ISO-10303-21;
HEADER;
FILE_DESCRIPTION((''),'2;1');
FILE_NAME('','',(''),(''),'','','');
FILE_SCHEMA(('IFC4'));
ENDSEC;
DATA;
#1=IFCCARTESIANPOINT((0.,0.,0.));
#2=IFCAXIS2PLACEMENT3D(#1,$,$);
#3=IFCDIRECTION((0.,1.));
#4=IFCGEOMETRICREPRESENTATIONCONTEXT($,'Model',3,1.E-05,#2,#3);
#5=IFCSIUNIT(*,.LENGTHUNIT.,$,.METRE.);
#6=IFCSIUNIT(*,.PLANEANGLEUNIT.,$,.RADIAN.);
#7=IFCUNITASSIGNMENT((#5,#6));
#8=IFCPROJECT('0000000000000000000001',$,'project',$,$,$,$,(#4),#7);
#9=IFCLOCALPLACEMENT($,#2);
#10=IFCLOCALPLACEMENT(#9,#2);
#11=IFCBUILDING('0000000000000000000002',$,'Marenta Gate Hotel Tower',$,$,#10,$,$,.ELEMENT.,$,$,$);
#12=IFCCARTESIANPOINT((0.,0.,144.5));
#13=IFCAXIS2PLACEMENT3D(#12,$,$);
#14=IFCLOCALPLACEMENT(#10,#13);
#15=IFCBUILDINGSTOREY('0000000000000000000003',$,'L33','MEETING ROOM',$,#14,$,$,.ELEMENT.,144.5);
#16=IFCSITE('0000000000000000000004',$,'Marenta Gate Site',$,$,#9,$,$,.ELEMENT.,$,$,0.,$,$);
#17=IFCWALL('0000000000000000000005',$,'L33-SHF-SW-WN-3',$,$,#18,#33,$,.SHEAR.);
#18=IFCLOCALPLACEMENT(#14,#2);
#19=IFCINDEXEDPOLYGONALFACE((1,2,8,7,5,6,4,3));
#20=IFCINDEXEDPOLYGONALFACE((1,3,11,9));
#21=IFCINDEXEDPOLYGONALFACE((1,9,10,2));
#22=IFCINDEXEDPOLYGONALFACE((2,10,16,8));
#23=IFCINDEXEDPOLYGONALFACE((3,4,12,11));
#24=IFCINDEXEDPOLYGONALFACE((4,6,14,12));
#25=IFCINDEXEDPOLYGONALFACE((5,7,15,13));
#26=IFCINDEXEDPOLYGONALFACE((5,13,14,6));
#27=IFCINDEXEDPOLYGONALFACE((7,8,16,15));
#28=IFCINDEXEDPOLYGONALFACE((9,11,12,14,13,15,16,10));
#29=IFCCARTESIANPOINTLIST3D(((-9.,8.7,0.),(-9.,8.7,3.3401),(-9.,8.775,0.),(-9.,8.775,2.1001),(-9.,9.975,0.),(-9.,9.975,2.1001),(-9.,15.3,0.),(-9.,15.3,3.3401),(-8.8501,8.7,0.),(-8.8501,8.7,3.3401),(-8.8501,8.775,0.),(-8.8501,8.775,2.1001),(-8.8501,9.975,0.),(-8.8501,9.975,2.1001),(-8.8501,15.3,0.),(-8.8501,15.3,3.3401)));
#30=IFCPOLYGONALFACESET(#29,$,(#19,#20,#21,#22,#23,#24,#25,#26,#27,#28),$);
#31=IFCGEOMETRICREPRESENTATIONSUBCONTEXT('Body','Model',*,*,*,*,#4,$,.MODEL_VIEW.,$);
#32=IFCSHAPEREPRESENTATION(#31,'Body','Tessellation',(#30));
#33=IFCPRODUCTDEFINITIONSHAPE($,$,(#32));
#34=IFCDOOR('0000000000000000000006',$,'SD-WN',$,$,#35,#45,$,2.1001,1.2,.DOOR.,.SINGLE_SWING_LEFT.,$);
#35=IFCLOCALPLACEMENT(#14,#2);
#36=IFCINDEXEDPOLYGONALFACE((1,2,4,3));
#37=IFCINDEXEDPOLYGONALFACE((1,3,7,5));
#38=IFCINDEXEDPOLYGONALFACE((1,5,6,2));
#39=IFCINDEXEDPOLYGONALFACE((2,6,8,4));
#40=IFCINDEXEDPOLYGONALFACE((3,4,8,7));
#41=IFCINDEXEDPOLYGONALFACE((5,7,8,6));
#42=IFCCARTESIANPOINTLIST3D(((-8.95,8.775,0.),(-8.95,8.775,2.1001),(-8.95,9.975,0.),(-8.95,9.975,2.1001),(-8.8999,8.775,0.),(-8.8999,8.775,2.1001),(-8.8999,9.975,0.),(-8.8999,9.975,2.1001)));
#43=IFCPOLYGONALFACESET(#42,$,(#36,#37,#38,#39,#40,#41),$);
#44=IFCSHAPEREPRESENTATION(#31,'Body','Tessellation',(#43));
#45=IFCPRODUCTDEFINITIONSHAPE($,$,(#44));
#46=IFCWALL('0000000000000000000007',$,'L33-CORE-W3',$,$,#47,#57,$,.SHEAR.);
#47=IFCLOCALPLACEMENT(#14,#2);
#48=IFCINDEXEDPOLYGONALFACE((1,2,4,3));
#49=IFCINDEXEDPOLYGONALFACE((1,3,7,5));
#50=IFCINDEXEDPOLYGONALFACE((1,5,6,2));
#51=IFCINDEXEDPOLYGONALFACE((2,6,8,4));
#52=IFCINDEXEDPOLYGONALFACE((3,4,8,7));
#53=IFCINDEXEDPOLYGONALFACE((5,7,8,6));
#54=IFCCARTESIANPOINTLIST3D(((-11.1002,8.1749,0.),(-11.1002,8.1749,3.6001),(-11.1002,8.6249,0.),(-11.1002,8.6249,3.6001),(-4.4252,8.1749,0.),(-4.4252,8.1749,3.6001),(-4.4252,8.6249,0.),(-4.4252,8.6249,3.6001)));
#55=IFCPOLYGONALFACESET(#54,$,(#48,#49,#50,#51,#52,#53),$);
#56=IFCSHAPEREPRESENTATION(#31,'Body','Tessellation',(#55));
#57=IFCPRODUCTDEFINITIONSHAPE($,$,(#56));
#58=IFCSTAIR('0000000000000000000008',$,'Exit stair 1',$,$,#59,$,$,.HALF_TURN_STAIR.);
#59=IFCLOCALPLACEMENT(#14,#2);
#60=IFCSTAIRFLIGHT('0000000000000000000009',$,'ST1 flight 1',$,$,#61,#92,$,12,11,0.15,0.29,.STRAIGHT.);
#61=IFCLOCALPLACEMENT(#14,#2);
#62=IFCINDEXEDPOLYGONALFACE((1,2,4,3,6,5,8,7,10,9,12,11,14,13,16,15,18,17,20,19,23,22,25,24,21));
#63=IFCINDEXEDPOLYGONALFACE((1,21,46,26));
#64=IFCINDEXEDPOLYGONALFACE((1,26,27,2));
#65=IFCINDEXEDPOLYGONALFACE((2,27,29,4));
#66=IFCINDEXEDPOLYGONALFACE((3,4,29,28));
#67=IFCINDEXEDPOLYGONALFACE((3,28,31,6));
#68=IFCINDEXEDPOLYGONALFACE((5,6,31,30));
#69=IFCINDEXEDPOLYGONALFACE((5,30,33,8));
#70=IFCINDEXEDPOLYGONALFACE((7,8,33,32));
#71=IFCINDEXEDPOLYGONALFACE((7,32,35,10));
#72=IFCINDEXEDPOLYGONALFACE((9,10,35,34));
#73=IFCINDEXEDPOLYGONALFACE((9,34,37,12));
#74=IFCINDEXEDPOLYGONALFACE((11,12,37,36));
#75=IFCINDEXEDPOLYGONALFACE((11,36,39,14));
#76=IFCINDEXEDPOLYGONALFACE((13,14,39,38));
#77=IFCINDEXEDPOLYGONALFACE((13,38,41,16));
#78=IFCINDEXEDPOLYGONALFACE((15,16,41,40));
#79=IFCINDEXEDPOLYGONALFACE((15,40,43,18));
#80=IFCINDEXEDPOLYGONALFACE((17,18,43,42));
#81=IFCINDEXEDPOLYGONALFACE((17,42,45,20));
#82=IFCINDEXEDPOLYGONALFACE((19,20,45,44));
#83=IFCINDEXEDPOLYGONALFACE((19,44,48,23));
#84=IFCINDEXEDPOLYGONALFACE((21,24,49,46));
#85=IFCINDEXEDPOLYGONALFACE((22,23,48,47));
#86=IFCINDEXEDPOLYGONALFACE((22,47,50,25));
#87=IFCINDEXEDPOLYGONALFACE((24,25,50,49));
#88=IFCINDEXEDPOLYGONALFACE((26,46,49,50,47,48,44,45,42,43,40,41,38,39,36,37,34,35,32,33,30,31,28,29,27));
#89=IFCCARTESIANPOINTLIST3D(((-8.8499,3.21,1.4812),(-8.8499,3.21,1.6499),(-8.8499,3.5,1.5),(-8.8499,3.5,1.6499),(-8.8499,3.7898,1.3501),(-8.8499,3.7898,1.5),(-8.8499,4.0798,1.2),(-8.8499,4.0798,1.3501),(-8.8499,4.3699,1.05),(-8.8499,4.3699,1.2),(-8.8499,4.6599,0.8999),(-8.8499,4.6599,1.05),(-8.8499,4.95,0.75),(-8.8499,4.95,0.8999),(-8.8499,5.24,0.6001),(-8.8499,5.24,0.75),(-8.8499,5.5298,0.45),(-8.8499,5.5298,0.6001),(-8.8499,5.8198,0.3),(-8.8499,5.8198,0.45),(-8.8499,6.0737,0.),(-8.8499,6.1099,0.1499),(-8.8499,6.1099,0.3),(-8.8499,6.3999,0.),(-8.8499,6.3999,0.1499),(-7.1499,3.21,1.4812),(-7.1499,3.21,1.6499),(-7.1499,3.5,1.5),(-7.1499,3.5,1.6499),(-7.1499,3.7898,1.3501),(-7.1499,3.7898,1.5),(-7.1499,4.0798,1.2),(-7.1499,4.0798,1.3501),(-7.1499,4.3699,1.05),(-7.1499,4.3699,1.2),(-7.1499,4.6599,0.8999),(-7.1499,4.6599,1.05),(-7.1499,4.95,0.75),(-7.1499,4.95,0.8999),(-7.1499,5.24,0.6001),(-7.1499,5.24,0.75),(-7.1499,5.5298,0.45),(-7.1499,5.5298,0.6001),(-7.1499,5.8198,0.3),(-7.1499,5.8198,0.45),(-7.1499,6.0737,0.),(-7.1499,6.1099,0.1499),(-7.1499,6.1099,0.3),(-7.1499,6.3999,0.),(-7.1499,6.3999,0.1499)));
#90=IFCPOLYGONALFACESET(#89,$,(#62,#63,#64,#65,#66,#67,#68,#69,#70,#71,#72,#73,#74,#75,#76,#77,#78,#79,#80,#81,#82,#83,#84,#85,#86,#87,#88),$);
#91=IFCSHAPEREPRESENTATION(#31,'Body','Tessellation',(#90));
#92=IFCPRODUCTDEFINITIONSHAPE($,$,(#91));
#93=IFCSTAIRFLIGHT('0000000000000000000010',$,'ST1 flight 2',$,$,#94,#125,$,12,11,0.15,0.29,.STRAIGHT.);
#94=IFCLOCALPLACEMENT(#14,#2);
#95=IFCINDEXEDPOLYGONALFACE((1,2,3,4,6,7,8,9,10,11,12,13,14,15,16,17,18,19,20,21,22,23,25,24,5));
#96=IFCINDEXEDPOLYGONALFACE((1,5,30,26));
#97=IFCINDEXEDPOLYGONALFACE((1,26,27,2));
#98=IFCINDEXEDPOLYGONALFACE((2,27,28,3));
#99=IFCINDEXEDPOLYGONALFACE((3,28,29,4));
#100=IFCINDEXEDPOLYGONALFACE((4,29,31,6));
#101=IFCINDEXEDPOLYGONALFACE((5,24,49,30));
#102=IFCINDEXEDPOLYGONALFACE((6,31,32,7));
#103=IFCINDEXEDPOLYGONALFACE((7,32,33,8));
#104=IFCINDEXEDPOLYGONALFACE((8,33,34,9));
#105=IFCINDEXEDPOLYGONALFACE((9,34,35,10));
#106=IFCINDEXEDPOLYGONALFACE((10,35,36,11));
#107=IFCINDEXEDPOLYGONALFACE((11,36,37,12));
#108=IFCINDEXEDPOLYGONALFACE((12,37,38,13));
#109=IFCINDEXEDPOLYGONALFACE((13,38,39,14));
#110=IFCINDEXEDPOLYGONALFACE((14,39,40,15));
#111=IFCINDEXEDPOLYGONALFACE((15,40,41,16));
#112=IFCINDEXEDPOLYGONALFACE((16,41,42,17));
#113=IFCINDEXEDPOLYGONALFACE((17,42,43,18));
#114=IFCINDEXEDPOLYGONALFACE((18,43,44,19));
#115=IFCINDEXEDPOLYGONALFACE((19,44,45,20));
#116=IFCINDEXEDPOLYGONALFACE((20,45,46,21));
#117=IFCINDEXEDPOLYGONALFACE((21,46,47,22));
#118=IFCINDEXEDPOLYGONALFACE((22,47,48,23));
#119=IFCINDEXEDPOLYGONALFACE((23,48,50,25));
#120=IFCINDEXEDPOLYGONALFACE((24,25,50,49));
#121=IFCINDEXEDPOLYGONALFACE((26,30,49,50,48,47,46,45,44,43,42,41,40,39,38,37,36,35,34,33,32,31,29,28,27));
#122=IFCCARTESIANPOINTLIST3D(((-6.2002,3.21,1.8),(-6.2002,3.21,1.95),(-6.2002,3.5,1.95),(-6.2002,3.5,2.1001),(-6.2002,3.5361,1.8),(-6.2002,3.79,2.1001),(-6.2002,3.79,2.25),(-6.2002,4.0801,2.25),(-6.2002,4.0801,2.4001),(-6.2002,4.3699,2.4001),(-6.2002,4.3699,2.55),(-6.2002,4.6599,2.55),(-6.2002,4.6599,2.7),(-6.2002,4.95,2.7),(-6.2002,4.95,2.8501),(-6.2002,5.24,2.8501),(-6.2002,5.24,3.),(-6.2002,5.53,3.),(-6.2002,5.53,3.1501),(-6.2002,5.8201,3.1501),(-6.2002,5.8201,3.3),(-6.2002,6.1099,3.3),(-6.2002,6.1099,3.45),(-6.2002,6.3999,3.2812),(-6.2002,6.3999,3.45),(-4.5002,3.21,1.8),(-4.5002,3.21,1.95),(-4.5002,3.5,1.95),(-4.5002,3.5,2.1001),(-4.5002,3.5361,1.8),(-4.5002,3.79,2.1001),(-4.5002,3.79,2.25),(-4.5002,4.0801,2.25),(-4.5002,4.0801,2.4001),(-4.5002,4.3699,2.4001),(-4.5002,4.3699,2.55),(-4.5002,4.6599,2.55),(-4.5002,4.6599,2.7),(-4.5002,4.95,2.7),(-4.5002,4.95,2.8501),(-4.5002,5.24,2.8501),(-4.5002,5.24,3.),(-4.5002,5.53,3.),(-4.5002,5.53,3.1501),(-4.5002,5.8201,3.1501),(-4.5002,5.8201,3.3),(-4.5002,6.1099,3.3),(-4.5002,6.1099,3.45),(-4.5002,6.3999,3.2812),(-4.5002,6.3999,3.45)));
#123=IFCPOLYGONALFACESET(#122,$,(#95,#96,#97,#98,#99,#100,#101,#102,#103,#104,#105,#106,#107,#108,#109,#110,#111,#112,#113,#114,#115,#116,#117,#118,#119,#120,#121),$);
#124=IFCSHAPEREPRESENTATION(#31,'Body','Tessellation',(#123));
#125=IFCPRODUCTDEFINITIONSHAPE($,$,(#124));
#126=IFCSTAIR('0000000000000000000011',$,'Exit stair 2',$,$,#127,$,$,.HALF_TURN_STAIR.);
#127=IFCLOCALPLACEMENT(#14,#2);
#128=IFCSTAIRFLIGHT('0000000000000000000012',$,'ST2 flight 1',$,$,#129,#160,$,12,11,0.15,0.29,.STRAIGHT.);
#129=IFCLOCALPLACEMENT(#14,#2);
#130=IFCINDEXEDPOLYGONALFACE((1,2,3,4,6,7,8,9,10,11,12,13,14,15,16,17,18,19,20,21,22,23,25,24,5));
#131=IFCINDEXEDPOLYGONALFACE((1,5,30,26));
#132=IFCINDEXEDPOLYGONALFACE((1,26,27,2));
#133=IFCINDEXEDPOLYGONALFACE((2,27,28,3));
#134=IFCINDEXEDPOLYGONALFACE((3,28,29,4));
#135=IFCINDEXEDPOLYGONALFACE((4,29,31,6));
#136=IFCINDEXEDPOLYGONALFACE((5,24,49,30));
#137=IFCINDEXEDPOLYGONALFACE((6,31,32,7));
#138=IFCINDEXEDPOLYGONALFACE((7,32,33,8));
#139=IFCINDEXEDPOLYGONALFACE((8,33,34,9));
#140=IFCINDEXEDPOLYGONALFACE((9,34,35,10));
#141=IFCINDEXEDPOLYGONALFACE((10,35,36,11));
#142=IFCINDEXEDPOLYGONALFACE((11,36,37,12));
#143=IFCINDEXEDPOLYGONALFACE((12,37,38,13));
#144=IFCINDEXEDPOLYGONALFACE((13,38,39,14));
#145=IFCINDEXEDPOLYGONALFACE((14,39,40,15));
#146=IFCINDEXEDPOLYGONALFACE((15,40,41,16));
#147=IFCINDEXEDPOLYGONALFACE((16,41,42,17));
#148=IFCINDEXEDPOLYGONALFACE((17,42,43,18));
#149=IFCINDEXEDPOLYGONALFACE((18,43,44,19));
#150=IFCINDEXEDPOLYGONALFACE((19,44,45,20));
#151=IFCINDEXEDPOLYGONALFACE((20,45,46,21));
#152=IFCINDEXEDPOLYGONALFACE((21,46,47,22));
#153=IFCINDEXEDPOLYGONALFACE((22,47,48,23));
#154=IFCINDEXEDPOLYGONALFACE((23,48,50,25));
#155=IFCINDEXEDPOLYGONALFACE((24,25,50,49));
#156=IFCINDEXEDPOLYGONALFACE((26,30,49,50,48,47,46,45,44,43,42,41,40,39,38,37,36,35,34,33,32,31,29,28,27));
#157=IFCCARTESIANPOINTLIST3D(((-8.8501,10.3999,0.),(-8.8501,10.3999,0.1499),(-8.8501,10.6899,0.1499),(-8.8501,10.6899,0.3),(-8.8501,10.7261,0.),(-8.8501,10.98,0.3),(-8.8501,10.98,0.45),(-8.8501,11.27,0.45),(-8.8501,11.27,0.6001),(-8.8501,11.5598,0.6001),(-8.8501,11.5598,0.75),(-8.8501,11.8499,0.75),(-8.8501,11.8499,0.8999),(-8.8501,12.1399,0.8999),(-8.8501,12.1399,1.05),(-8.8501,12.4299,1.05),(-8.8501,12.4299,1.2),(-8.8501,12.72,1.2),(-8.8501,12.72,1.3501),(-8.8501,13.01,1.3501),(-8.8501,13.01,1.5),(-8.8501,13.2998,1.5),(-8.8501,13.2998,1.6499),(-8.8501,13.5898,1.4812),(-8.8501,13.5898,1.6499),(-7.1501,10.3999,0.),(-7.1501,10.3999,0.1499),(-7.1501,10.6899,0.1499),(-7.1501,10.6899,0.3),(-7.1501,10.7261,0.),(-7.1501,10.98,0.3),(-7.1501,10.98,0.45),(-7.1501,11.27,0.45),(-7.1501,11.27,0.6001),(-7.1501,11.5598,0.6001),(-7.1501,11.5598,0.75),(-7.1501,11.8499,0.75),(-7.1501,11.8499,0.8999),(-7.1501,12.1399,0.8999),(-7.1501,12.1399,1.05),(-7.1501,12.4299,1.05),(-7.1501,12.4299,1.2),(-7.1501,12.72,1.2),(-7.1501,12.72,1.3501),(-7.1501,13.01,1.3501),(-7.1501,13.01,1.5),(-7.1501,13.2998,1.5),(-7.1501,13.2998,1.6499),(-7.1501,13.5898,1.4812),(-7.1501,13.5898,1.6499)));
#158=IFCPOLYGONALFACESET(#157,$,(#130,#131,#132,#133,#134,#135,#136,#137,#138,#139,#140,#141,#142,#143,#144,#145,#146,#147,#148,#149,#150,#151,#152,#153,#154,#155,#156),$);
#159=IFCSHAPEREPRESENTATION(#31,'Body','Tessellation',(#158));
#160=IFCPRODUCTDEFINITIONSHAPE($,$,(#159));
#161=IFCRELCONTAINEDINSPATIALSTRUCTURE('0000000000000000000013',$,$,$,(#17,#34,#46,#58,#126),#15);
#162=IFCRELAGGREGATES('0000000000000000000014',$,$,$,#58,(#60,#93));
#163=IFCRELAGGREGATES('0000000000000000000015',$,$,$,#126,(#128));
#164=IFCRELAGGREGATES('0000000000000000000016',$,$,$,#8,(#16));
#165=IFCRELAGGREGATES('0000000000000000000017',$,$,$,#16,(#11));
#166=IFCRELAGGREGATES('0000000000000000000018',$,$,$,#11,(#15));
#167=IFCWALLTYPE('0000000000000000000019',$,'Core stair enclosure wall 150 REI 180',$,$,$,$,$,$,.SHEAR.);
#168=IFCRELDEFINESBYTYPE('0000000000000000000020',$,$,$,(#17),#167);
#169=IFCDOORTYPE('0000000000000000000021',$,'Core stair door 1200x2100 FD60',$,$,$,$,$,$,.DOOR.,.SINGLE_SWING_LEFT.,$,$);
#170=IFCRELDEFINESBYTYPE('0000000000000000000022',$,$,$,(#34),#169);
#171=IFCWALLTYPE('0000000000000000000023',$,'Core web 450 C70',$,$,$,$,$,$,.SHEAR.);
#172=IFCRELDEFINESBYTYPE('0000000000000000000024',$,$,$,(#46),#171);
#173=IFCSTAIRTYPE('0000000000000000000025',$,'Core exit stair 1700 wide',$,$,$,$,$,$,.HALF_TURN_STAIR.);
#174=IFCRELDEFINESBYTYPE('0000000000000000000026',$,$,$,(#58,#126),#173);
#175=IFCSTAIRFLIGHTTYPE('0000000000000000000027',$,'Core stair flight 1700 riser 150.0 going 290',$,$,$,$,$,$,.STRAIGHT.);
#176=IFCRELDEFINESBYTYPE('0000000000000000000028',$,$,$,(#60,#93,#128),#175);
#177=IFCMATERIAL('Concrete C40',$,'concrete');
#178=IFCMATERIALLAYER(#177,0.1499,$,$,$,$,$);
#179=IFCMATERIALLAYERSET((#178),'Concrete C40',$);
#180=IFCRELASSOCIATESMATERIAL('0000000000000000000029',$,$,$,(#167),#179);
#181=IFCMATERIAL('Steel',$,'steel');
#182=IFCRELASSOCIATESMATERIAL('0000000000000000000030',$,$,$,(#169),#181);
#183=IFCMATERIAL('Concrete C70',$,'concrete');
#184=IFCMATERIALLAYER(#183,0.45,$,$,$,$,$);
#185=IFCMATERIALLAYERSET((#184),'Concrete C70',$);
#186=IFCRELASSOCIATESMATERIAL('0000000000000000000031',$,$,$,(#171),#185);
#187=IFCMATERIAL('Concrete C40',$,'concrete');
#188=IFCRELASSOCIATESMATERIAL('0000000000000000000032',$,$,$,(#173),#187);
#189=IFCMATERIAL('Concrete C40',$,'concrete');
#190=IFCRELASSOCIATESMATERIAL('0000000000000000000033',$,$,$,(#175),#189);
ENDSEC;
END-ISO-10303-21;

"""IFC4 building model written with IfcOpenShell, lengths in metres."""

from ifc_helpers import new_model, si_unit, direction, frame, frame_2d, origin, place, context, subcontext, project, spatial, polyline, rectangle, outline, extrude, material, layer, layer_set, type_object, element, fill, aggregate, save


model = new_model("IFC4")

# Units and contexts
model_context = context("Model", 3, precision=1e-05, world=origin(), true_north=direction((0.0, 1.0)))
body_context = subcontext(model_context, "Body", "Model", "MODEL_VIEW")
ifc_project = project(units=[si_unit("LENGTHUNIT", "METRE"), si_unit("PLANEANGLEUNIT", "RADIAN")], contexts=[model_context])

# Site, building, storey
site_placement = place(None, origin())
site = spatial("IfcSite", under=ifc_project, at=site_placement, Name="Marenta Gate Site", CompositionType="ELEMENT", RefElevation=0.0)
building_placement = place(site_placement, origin())
building = spatial("IfcBuilding", under=site, at=building_placement, Name="Marenta Gate Hotel Tower", CompositionType="ELEMENT")
storey_placement = place(building_placement, frame((0.0, 0.0, 144.5)))
storey = spatial("IfcBuildingStorey", under=building, at=storey_placement, Name="L33", Description="MEETING ROOM", CompositionType="ELEMENT", Elevation=144.5)

# Wall, opening, door
ifc_material_1 = material(Name="Concrete C40", Category="concrete")
ifc_layer_1 = layer(ifc_material_1, 0.1499)
ifc_layer_set_1 = layer_set([ifc_layer_1], Name="Concrete C40")
wall_type_1 = type_object("IfcWallType", Name="Core stair enclosure wall 150 REI 180", PredefinedType="SHEAR", material=ifc_layer_set_1)
wall_1_placement = place(storey_placement, frame((-8.925, 8.7, 0.0), z_axis=(0.0, 0.0, 1.0), x_axis=(0.0, 1.0, 0.0)))
wall_1 = element("IfcWall", 1, at=wall_1_placement, inside=storey, type_object=wall_type_1, Name="L33-SHF-SW-WN-3", PredefinedType="SHEAR", context=body_context, shape_type="SweptSolid", body=[
    extrude(rectangle(XDim=6.6001, YDim=0.1499, at=frame_2d((3.3, 0.0))), origin(), (0.0, 0.0, 1.0), 3.3401),
])
opening_1_placement = place(wall_1_placement, frame((0.075, 0.0, 0.0)))
opening_1 = element("IfcOpeningElement", 2, at=opening_1_placement, cuts=wall_1, PredefinedType="OPENING", context=body_context, shape_type="SweptSolid", body=[
    extrude(rectangle(XDim=1.2, YDim=2.1001, at=frame_2d((0.6001, 1.05))), frame((0.0, 0.075, 0.0), z_axis=(0.0, -1.0, 0.0), x_axis=(1.0, 0.0, 0.0)), (0.0, 0.0, 1.0), 0.1499),
])
ifc_material_2 = material(Name="Steel", Category="steel")
door_type_1 = type_object("IfcDoorType", Name="Core stair door 1200x2100 FD60", OperationType="SINGLE_SWING_LEFT", PredefinedType="DOOR", material=ifc_material_2)
door_1_placement = place(opening_1_placement, origin())
door_1 = element("IfcDoor", 3, at=door_1_placement, inside=storey, type_object=door_type_1, Name="SD-WN", OperationType="SINGLE_SWING_LEFT", OverallHeight=2.1001, OverallWidth=1.2, PredefinedType="DOOR", context=body_context, shape_type="SweptSolid", body=[
    extrude(rectangle(XDim=1.2, YDim=2.1001, at=frame_2d((0.6001, 1.05))), frame((0.0, 0.0249, 0.0), z_axis=(0.0, -1.0, 0.0), x_axis=(1.0, 0.0, 0.0)), (0.0, 0.0, 1.0), 0.05),
])
fill(opening_1, door_1)

# Wall
ifc_material_3 = material(Name="Concrete C70", Category="concrete")
ifc_layer_2 = layer(ifc_material_3, 0.45)
ifc_layer_set_2 = layer_set([ifc_layer_2], Name="Concrete C70")
wall_type_2 = type_object("IfcWallType", Name="Core web 450 C70", PredefinedType="SHEAR", material=ifc_layer_set_2)
wall_2_placement = place(storey_placement, frame((-11.1001, 8.3999, 0.0), z_axis=(0.0, 0.0, 1.0), x_axis=(1.0, 0.0, 0.0)))
element("IfcWall", 4, at=wall_2_placement, inside=storey, type_object=wall_type_2, Name="L33-CORE-W3", PredefinedType="SHEAR", context=body_context, shape_type="SweptSolid", body=[
    extrude(rectangle(XDim=6.675, YDim=0.45, at=frame_2d((3.3374, 0.0))), origin(), (0.0, 0.0, 1.0), 3.6001),
])

# Stairs, stair flights
ifc_material_4 = material(Name="Concrete C40", Category="concrete")
stair_type = type_object("IfcStairType", Name="Core exit stair 1700 wide", PredefinedType="HALF_TURN_STAIR", material=ifc_material_4)
stair_1_placement = place(storey_placement, origin())
stair_1 = element("IfcStair", 5, at=stair_1_placement, inside=storey, type_object=stair_type, Name="Exit stair 1", PredefinedType="HALF_TURN_STAIR")
ifc_material_5 = material(Name="Concrete C40", Category="concrete")
stair_flight_type = type_object("IfcStairFlightType", Name="Core stair flight 1700 riser 150.0 going 290", PredefinedType="STRAIGHT", material=ifc_material_5)
stair_flight_1_placement = place(storey_placement, frame((-8.0, 6.3999, 0.0), z_axis=(0.0, 0.0, 1.0), x_axis=(0.0, -1.0, 0.0)))
stair_flight_1 = element("IfcStairFlight", 6, at=stair_flight_1_placement, type_object=stair_flight_type, Name="ST1 flight 1", NumberOfRisers=12, NumberOfTreads=11, PredefinedType="STRAIGHT", RiserHeight=0.15, TreadLength=0.29, context=body_context, shape_type="SweptSolid", body=[
    extrude(outline(polyline([(0.0, 0.0), (0.0, 0.1499), (0.29, 0.1499), (0.29, 0.3), (0.5801, 0.3), (0.5801, 0.45), (0.8701, 0.45), (0.8701, 0.6001), (1.1599, 0.6001), (1.1599, 0.75), (1.45, 0.75), (1.45, 0.8999), (1.74, 0.8999), (1.74, 1.05), (2.03, 1.05), (2.03, 1.2), (2.3201, 1.2), (2.3201, 1.3501), (2.6101, 1.3501), (2.6101, 1.5), (2.8999, 1.5), (2.8999, 1.6499), (3.1899, 1.6499), (3.1899, 1.8), (3.1899, 1.4812), (0.3262, 0.0), (0.0, 0.0)])), frame((0.0, 0.8501, 0.0), z_axis=(0.0, -1.0, 0.0), x_axis=(1.0, 0.0, 0.0)), (0.0, 0.0, 1.0), 1.7),
])
stair_flight_2_placement = place(storey_placement, frame((-5.3501, 3.21, 1.8), z_axis=(0.0, 0.0, 1.0), x_axis=(0.0, 1.0, 0.0)))
stair_flight_2 = element("IfcStairFlight", 7, at=stair_flight_2_placement, type_object=stair_flight_type, Name="ST1 flight 2", NumberOfRisers=12, NumberOfTreads=11, PredefinedType="STRAIGHT", RiserHeight=0.15, TreadLength=0.29, context=body_context, shape_type="SweptSolid", body=[
    extrude(outline(polyline([(0.0, 0.0), (0.0, 0.1499), (0.29, 0.1499), (0.29, 0.3), (0.5801, 0.3), (0.5801, 0.45), (0.8701, 0.45), (0.8701, 0.6001), (1.1599, 0.6001), (1.1599, 0.75), (1.45, 0.75), (1.45, 0.8999), (1.74, 0.8999), (1.74, 1.05), (2.03, 1.05), (2.03, 1.2), (2.3201, 1.2), (2.3201, 1.3501), (2.6101, 1.3501), (2.6101, 1.5), (2.8999, 1.5), (2.8999, 1.6499), (3.1899, 1.6499), (3.1899, 1.8), (3.1899, 1.4812), (0.3262, 0.0), (0.0, 0.0)])), frame((0.0, 0.8501, 0.0), z_axis=(0.0, -1.0, 0.0), x_axis=(1.0, 0.0, 0.0)), (0.0, 0.0, 1.0), 1.7),
])
aggregate(stair_1, [stair_flight_1, stair_flight_2])
stair_2_placement = place(storey_placement, origin())
stair_2 = element("IfcStair", 8, at=stair_2_placement, inside=storey, type_object=stair_type, Name="Exit stair 2", PredefinedType="HALF_TURN_STAIR")
stair_flight_3_placement = place(storey_placement, frame((-8.0, 10.3999, 0.0), z_axis=(0.0, 0.0, 1.0), x_axis=(0.0, 1.0, 0.0)))
stair_flight_3 = element("IfcStairFlight", 9, at=stair_flight_3_placement, type_object=stair_flight_type, Name="ST2 flight 1", NumberOfRisers=12, NumberOfTreads=11, PredefinedType="STRAIGHT", RiserHeight=0.15, TreadLength=0.29, context=body_context, shape_type="SweptSolid", body=[
    extrude(outline(polyline([(0.0, 0.0), (0.0, 0.1499), (0.29, 0.1499), (0.29, 0.3), (0.5801, 0.3), (0.5801, 0.45), (0.8701, 0.45), (0.8701, 0.6001), (1.1599, 0.6001), (1.1599, 0.75), (1.45, 0.75), (1.45, 0.8999), (1.74, 0.8999), (1.74, 1.05), (2.03, 1.05), (2.03, 1.2), (2.3201, 1.2), (2.3201, 1.3501), (2.6101, 1.3501), (2.6101, 1.5), (2.8999, 1.5), (2.8999, 1.6499), (3.1899, 1.6499), (3.1899, 1.8), (3.1899, 1.4812), (0.3262, 0.0), (0.0, 0.0)])), frame((0.0, 0.8501, 0.0), z_axis=(0.0, -1.0, 0.0), x_axis=(1.0, 0.0, 0.0)), (0.0, 0.0, 1.0), 1.7),
])
aggregate(stair_2, [stair_flight_3])

save(model, "model.ifc")
